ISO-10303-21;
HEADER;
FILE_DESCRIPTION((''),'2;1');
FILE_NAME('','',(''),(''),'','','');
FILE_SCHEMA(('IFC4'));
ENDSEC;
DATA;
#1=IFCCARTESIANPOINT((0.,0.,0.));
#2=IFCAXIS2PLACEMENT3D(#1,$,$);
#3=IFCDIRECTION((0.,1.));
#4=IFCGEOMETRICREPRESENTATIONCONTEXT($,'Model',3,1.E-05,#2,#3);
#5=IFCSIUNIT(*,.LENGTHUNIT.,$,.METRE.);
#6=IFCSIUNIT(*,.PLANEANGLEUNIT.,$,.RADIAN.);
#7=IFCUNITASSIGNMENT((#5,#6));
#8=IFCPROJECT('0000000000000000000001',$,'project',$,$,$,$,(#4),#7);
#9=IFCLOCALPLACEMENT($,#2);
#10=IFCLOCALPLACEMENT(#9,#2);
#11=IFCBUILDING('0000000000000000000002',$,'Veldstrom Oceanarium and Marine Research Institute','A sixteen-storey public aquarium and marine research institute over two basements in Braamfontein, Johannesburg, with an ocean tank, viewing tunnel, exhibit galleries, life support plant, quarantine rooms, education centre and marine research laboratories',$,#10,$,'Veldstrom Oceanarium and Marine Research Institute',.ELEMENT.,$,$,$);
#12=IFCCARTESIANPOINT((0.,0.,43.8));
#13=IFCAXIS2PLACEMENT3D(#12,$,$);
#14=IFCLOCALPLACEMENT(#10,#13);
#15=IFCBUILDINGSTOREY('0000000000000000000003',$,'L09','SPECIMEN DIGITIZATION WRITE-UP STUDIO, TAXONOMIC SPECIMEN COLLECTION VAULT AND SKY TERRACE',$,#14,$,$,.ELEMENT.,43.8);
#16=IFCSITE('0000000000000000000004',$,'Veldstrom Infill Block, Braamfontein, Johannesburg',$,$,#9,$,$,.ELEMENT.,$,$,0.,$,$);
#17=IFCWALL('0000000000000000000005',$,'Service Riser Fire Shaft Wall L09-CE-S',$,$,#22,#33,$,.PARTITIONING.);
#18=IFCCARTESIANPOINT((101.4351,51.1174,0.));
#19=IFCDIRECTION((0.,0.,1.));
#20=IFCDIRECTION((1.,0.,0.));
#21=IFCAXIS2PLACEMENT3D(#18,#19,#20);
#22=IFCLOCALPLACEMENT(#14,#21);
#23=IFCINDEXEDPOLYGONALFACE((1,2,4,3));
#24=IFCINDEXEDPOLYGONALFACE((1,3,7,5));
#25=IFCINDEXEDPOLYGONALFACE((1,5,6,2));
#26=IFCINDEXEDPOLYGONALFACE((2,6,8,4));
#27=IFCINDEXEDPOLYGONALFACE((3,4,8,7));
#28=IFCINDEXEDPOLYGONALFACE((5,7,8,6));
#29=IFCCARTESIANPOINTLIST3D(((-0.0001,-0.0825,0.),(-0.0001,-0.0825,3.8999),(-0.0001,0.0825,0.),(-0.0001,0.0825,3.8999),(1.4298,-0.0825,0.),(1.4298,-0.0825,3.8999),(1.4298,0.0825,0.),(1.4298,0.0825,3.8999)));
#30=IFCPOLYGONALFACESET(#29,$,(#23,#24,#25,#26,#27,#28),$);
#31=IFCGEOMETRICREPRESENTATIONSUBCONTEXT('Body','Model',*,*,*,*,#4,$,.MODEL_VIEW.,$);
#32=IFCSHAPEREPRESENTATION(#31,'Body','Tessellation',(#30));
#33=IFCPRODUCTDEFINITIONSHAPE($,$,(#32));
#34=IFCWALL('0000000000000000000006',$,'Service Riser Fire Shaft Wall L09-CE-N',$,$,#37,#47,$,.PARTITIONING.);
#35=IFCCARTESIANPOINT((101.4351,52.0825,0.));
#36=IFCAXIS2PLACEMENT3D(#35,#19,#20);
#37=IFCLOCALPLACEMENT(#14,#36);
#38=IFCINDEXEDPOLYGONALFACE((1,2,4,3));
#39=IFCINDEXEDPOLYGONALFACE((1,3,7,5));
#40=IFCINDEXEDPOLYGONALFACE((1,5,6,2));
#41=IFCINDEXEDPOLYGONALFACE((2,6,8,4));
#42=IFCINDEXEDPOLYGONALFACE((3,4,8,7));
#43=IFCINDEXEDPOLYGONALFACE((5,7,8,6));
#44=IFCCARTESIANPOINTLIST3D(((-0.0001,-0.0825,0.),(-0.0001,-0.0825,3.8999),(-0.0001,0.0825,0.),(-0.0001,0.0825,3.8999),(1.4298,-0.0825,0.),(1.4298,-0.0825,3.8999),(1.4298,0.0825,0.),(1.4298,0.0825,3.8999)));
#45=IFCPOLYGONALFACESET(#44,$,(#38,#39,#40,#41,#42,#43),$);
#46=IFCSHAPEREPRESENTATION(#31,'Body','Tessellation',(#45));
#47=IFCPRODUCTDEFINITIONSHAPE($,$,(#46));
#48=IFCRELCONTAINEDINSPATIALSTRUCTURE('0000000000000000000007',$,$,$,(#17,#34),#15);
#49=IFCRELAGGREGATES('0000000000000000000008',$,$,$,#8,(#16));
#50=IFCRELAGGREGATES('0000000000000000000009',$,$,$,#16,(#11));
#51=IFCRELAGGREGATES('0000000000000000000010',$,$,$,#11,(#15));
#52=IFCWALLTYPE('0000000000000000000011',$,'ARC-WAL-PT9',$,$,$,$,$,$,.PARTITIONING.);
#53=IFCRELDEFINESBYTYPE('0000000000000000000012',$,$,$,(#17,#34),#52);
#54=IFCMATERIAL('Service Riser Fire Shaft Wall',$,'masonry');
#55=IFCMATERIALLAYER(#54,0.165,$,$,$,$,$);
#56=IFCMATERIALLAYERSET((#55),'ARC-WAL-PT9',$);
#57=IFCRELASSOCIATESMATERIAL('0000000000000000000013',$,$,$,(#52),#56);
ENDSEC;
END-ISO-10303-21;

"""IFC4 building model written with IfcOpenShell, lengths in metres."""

from ifc_helpers import new_model, si_unit, direction, frame, frame_2d, origin, place, context, subcontext, project, spatial, rectangle, extrude, material, layer, layer_set, type_object, element, save


model = new_model("IFC4")

# Units and contexts
model_context = context("Model", 3, precision=1e-05, world=origin(), true_north=direction((0.0, 1.0)))
body_context = subcontext(model_context, "Body", "Model", "MODEL_VIEW")
ifc_project = project(units=[si_unit("LENGTHUNIT", "METRE"), si_unit("PLANEANGLEUNIT", "RADIAN")], contexts=[model_context])

# Site, building, storey
site_placement = place(None, origin())
site = spatial("IfcSite", under=ifc_project, at=site_placement, Name="Veldstrom Infill Block, Braamfontein, Johannesburg", CompositionType="ELEMENT", RefElevation=0.0)
building_placement = place(site_placement, origin())
building = spatial("IfcBuilding", under=site, at=building_placement, Name="Veldstrom Oceanarium and Marine Research Institute", Description="A sixteen-storey public aquarium and marine research institute over two basements in Braamfontein, Johannesburg, with an ocean tank, viewing tunnel, exhibit galleries, life support plant, quarantine rooms, education centre and marine research laboratories", LongName="Veldstrom Oceanarium and Marine Research Institute", CompositionType="ELEMENT")
storey_placement = place(building_placement, frame((0.0, 0.0, 43.8)))
storey = spatial("IfcBuildingStorey", under=building, at=storey_placement, Name="L09", Description="SPECIMEN DIGITIZATION WRITE-UP STUDIO, TAXONOMIC SPECIMEN COLLECTION VAULT AND SKY TERRACE", CompositionType="ELEMENT", Elevation=43.8)

# Walls
ifc_material_1 = material(Name="Service Riser Fire Shaft Wall", Category="masonry")
ifc_layer_1 = layer(ifc_material_1, 0.165)
ifc_layer_set_1 = layer_set([ifc_layer_1], Name="ARC-WAL-PT9")
wall_type_1 = type_object("IfcWallType", Name="ARC-WAL-PT9", PredefinedType="PARTITIONING", material=ifc_layer_set_1)
for number, where, z_axis, x_axis, name in (
    (1, (101.4351, 51.1174, 0.0), (0.0, 0.0, 1.0), (1.0, 0.0, 0.0), "Service Riser Fire Shaft Wall L09-CE-S"),
    (2, (101.4351, 52.0825, 0.0), (0.0, 0.0, 1.0), (1.0, 0.0, 0.0), "Service Riser Fire Shaft Wall L09-CE-N"),
):
    element("IfcWall", number, at=place(storey_placement, frame(where, z_axis=z_axis, x_axis=x_axis)), inside=storey, type_object=wall_type_1, Name=name, PredefinedType="PARTITIONING", context=body_context, shape_type="SweptSolid", body=[
        extrude(rectangle(XDim=1.4299, YDim=0.165, at=frame_2d((0.7148, 0.0))), origin(), (0.0, 0.0, 1.0), 3.8999),
    ])

save(model, "model.ifc")
